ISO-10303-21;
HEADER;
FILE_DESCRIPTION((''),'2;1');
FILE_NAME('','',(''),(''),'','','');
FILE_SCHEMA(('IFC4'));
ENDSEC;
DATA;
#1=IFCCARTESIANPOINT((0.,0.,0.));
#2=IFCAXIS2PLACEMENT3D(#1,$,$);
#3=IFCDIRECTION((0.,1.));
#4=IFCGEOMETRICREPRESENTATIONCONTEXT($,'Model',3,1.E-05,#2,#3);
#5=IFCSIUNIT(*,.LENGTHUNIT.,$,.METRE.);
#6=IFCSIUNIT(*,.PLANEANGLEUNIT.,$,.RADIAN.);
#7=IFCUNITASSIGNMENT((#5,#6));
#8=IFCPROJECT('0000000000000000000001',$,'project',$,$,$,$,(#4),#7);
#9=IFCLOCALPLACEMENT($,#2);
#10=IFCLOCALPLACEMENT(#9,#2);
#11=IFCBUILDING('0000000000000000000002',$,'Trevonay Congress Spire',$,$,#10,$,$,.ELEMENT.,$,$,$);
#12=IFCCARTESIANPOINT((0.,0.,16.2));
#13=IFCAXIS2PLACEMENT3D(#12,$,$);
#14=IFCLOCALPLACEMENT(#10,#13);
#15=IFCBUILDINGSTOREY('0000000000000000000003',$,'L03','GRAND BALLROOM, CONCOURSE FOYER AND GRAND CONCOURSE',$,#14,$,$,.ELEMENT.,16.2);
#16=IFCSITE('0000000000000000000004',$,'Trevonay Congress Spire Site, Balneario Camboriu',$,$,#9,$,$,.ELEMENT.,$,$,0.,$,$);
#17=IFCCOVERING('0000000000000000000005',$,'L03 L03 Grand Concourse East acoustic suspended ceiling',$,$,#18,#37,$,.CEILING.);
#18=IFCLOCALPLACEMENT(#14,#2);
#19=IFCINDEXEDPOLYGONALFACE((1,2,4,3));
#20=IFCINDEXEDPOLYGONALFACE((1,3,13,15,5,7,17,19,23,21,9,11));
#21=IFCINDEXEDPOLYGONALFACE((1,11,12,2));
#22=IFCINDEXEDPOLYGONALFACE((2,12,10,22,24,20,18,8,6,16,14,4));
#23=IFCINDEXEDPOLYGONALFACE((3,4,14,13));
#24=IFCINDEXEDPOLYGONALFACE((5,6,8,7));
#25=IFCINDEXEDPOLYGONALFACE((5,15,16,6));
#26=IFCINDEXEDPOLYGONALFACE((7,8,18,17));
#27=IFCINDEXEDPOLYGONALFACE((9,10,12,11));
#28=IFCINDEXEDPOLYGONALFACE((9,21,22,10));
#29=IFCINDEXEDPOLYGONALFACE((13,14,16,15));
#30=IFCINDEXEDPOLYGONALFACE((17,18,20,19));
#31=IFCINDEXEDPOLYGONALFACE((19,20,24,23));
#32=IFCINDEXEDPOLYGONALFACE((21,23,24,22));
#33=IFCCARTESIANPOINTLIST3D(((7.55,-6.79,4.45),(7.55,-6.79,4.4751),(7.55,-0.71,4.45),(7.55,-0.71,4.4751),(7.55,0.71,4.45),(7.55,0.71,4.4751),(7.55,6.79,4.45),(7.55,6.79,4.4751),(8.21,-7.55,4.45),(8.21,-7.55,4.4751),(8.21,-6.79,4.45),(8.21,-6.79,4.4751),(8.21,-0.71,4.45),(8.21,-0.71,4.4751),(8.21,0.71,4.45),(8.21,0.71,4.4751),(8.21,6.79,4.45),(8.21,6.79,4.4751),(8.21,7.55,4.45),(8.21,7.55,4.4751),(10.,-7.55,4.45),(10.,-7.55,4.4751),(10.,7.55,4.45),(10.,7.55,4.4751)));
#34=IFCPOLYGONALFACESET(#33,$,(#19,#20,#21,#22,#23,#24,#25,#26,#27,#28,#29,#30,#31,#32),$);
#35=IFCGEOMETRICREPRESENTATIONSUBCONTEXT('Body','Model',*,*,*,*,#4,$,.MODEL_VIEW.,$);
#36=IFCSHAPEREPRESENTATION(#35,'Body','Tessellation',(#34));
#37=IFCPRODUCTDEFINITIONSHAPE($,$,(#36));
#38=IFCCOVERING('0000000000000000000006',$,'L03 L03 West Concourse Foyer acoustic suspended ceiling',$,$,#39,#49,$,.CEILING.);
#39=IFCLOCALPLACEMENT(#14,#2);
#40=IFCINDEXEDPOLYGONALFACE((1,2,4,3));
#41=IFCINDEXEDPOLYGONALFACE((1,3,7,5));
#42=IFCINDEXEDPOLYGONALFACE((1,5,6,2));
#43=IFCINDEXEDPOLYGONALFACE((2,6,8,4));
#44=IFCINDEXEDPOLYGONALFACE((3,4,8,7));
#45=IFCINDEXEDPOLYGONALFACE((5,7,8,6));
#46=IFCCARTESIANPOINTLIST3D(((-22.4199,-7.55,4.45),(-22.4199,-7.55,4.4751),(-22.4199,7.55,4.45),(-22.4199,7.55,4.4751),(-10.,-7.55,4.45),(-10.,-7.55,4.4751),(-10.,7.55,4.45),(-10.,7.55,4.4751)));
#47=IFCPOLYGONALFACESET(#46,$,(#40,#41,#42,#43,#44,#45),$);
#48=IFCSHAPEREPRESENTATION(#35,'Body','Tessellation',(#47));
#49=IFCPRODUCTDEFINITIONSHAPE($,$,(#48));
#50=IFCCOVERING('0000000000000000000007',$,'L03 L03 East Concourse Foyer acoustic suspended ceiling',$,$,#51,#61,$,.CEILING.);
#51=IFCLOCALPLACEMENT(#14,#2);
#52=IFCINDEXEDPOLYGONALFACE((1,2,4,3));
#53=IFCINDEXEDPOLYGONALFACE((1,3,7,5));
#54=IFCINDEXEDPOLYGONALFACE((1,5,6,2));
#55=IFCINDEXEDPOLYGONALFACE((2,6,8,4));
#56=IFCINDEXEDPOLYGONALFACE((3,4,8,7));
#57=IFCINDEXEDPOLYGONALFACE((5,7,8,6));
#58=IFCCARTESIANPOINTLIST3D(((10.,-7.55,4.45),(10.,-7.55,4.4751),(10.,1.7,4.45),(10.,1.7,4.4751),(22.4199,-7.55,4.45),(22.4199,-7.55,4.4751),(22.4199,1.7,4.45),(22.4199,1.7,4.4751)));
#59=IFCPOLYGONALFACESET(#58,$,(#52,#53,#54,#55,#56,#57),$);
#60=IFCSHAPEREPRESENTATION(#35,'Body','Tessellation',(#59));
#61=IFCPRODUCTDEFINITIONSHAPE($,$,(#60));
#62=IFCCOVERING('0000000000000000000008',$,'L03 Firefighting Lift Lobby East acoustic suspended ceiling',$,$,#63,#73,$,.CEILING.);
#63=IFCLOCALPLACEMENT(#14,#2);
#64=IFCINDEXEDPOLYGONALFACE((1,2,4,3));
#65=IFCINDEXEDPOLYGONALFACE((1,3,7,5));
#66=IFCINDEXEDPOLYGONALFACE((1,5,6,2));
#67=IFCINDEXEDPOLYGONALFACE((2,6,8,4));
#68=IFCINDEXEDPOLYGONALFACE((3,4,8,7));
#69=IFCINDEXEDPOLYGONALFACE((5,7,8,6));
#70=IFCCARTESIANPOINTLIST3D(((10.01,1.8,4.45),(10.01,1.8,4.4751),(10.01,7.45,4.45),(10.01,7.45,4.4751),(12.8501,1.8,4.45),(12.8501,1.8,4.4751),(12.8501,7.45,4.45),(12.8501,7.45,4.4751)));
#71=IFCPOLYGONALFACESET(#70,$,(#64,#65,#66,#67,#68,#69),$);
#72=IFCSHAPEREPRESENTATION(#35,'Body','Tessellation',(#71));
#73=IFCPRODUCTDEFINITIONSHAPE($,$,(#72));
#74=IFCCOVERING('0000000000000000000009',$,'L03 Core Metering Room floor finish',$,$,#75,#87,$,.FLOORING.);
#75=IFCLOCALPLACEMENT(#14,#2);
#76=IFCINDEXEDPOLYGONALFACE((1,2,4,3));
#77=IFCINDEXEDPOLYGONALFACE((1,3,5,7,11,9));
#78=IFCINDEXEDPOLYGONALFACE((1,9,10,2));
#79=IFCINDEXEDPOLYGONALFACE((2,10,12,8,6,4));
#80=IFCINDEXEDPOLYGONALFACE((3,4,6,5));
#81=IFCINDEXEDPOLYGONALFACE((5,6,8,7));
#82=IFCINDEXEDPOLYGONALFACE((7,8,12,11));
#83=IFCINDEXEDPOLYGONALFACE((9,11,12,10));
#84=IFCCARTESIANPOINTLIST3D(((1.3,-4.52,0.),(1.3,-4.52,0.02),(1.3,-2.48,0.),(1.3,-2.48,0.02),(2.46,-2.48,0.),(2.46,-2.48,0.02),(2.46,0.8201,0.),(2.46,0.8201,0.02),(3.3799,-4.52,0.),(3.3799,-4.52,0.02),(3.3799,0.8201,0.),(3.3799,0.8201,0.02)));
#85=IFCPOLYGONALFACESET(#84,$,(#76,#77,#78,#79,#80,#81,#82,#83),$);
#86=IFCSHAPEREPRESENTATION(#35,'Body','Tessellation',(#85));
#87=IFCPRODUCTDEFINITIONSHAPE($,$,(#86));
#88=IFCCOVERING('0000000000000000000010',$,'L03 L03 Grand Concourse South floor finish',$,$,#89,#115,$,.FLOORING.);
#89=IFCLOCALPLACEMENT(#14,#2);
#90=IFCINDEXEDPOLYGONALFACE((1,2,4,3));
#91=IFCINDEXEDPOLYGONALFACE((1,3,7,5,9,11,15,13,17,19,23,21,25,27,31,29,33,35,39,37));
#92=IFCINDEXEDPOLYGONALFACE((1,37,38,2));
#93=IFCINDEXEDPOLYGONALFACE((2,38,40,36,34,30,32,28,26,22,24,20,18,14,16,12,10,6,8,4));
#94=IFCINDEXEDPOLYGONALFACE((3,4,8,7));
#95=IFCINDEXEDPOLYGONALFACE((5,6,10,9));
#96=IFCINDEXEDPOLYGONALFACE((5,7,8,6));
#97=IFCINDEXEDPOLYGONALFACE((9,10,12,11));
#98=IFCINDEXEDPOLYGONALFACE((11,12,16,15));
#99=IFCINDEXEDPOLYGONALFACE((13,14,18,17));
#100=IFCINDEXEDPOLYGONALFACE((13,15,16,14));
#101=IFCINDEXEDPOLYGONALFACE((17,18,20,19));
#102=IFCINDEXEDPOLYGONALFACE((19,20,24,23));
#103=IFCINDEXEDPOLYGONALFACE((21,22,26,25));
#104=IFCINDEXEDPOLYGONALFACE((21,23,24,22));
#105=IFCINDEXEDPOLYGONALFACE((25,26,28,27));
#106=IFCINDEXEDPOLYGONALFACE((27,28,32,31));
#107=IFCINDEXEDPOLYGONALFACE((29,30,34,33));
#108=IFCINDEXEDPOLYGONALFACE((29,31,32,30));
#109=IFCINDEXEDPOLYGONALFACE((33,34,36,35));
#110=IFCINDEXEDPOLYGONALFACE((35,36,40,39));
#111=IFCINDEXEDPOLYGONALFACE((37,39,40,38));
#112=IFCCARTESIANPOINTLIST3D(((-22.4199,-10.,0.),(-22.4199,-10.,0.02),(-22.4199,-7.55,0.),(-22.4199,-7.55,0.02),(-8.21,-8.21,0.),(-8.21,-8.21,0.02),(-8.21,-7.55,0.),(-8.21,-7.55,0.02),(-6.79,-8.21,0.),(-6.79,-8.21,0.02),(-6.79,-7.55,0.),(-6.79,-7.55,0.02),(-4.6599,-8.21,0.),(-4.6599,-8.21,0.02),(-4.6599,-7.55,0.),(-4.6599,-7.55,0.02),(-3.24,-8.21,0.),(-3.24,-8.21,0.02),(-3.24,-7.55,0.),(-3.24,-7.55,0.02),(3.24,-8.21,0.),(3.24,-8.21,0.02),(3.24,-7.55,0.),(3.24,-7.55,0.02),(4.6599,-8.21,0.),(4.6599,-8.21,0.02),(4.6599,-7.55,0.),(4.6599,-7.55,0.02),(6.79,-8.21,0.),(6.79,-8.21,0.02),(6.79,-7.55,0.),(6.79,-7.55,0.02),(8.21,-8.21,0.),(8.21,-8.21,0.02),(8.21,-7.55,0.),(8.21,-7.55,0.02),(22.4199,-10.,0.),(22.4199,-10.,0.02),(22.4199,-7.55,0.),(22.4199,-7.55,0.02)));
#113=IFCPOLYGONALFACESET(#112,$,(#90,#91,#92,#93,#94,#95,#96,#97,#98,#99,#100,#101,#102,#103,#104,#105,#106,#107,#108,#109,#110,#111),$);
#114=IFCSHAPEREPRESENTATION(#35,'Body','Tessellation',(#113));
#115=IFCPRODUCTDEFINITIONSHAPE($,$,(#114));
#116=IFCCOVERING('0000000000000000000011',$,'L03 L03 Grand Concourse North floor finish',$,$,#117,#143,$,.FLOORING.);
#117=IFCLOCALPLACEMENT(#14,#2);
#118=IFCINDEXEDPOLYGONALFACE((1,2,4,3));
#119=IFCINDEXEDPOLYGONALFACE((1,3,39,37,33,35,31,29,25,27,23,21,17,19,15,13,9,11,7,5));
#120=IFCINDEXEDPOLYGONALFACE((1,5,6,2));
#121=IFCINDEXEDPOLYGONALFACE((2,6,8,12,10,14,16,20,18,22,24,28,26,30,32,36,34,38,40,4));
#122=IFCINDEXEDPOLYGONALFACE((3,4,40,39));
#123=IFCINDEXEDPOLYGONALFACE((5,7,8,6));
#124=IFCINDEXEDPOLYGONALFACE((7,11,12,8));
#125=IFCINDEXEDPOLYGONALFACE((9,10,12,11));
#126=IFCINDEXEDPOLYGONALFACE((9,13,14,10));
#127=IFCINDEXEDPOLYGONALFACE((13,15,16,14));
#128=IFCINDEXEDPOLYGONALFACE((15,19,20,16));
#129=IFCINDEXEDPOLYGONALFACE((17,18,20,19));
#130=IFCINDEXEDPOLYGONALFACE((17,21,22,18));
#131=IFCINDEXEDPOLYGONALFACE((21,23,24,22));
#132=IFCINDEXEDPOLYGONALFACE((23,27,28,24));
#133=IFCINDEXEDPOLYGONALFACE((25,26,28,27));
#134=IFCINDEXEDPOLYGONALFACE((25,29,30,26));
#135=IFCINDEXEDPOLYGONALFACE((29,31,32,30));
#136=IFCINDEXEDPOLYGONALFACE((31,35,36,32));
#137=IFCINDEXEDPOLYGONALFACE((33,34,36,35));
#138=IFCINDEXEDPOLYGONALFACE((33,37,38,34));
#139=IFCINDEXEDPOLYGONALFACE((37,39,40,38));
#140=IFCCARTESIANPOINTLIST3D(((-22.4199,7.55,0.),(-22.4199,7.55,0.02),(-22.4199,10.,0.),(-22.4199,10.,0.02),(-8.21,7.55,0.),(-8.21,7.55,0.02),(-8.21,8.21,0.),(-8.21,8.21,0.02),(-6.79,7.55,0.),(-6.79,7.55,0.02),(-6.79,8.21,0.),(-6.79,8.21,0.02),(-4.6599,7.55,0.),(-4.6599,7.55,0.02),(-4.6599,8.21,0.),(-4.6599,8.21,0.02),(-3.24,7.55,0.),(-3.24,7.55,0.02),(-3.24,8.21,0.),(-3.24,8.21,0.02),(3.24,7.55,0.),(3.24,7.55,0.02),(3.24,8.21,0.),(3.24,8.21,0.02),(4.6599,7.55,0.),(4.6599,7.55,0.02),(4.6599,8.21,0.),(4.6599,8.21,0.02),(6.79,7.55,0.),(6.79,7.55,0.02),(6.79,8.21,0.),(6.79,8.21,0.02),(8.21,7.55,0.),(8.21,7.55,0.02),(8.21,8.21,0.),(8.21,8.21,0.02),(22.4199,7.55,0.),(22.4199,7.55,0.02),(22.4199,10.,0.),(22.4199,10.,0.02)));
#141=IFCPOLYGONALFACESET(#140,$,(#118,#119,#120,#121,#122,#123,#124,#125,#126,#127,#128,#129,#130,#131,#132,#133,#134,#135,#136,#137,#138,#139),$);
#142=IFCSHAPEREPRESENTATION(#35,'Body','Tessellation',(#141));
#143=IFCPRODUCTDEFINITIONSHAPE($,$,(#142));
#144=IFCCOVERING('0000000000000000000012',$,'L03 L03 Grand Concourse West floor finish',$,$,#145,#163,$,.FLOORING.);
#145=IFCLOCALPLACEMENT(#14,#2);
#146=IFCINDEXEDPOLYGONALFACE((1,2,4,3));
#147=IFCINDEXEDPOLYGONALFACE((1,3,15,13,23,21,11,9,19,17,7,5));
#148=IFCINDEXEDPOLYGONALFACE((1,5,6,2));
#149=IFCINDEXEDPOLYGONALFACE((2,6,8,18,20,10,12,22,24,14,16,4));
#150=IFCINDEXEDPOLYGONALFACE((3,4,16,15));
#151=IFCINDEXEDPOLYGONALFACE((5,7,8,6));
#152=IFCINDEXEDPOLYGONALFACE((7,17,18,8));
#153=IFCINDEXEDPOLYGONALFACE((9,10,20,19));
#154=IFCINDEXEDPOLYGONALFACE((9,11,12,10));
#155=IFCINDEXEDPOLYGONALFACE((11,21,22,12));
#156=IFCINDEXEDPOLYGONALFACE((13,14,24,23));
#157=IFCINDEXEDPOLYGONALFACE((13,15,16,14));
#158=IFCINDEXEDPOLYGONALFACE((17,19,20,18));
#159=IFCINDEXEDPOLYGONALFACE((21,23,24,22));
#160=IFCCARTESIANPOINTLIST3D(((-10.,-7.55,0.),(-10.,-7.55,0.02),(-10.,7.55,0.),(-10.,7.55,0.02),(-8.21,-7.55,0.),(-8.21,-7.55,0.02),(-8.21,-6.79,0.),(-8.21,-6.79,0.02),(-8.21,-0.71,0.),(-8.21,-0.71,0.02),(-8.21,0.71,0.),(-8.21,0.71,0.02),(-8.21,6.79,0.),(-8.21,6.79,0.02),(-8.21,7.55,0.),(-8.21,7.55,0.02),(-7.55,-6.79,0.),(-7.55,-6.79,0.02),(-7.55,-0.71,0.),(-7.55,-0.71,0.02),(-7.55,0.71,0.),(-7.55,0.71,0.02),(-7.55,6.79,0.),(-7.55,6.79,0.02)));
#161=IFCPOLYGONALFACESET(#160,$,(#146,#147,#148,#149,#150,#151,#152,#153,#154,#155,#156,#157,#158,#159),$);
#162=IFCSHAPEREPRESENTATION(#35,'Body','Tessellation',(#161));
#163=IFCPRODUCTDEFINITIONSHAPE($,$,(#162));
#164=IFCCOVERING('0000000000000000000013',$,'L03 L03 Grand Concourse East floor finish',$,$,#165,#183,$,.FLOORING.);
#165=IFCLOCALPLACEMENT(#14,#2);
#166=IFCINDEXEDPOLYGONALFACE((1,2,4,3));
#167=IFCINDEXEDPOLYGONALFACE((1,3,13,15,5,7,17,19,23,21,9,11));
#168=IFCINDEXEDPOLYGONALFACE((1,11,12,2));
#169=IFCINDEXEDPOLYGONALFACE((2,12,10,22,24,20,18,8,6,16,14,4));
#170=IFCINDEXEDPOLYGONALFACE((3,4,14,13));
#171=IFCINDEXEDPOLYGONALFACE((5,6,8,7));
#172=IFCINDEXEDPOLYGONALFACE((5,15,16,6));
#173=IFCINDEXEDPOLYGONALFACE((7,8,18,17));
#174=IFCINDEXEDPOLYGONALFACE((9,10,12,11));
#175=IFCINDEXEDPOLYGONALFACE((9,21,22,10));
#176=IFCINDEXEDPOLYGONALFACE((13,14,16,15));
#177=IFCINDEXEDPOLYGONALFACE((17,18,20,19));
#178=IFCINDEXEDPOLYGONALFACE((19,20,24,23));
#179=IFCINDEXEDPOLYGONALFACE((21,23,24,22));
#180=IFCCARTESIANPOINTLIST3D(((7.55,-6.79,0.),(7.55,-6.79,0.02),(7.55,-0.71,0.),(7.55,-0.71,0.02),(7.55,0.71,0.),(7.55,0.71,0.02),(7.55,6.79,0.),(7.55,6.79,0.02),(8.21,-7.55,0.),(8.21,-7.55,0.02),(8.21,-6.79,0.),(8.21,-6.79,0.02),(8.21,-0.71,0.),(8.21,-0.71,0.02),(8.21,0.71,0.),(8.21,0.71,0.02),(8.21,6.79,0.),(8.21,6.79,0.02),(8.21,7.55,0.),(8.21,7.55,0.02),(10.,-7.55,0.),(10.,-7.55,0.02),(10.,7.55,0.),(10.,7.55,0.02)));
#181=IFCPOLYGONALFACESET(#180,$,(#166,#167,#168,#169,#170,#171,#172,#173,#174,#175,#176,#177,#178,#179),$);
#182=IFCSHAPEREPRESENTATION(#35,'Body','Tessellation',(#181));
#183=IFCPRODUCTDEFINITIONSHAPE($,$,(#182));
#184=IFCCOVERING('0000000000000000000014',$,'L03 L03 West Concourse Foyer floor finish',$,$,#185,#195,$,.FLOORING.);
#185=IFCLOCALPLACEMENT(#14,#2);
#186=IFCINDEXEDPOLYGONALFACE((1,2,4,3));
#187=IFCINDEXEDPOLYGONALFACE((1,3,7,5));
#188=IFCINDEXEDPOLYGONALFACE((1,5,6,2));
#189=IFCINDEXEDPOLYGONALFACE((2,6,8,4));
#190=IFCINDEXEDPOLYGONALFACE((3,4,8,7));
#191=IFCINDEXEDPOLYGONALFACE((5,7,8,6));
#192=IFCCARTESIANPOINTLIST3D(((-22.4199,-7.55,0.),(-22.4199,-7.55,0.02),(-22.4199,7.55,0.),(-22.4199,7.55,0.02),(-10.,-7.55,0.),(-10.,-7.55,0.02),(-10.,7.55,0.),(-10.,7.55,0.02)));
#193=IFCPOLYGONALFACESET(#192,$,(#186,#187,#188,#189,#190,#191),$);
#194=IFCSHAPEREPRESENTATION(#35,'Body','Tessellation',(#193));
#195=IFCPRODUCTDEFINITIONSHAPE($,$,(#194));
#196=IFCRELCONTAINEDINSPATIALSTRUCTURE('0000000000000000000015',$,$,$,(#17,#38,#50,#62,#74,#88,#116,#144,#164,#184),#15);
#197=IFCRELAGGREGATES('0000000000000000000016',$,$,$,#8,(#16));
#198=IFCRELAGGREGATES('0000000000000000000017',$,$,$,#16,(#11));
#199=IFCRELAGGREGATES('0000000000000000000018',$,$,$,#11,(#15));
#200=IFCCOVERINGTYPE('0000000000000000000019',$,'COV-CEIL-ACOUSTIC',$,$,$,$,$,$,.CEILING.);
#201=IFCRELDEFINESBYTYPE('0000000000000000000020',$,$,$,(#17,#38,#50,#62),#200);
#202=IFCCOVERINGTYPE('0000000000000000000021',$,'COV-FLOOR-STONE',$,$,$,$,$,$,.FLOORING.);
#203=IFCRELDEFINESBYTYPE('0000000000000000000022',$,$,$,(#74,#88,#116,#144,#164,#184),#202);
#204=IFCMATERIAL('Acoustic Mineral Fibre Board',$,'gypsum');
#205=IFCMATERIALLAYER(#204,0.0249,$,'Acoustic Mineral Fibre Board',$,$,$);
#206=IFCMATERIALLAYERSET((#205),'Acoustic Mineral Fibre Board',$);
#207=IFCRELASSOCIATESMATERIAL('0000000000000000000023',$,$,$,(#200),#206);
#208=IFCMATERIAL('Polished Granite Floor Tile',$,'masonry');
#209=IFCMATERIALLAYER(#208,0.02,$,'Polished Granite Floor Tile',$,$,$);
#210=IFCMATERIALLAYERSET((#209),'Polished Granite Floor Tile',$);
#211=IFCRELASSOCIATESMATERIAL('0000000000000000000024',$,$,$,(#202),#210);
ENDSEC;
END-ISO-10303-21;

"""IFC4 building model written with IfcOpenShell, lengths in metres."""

from ifc_helpers import new_model, si_unit, direction, frame, origin, place, context, subcontext, project, spatial, polyline, outline, extrude, material, layer, layer_set, type_object, element, save


model = new_model("IFC4")

# Units and contexts
model_context = context("Model", 3, precision=1e-05, world=origin(), true_north=direction((0.0, 1.0)))
body_context = subcontext(model_context, "Body", "Model", "MODEL_VIEW")
ifc_project = project(units=[si_unit("LENGTHUNIT", "METRE"), si_unit("PLANEANGLEUNIT", "RADIAN")], contexts=[model_context])

# Site, building, storey
site_placement = place(None, origin())
site = spatial("IfcSite", under=ifc_project, at=site_placement, Name="Trevonay Congress Spire Site, Balneario Camboriu", CompositionType="ELEMENT", RefElevation=0.0)
building_placement = place(site_placement, origin())
building = spatial("IfcBuilding", under=site, at=building_placement, Name="Trevonay Congress Spire", CompositionType="ELEMENT")
storey_placement = place(building_placement, frame((0.0, 0.0, 16.2)))
storey = spatial("IfcBuildingStorey", under=building, at=storey_placement, Name="L03", Description="GRAND BALLROOM, CONCOURSE FOYER AND GRAND CONCOURSE", CompositionType="ELEMENT", Elevation=16.2)

# Coverings
ifc_material_1 = material(Name="Acoustic Mineral Fibre Board", Category="gypsum")
ifc_layer_1 = layer(ifc_material_1, 0.0249, Name="Acoustic Mineral Fibre Board")
ifc_layer_set_1 = layer_set([ifc_layer_1], Name="Acoustic Mineral Fibre Board")
covering_type_1 = type_object("IfcCoveringType", Name="COV-CEIL-ACOUSTIC", PredefinedType="CEILING", material=ifc_layer_set_1)
covering_1_placement = place(storey_placement, frame((0.0, 0.0, 4.45)))
element("IfcCovering", 1, at=covering_1_placement, inside=storey, type_object=covering_type_1, Name="L03 L03 Grand Concourse East acoustic suspended ceiling", PredefinedType="CEILING", context=body_context, shape_type="SweptSolid", body=[
    extrude(outline(polyline([(10.0, -7.55), (8.21, -7.55), (8.21, -6.79), (7.55, -6.79), (7.55, -0.71), (8.21, -0.71), (8.21, 0.71), (7.55, 0.71), (7.55, 6.79), (8.21, 6.79), (8.21, 7.55), (10.0, 7.55), (10.0, -7.55)])), origin(), (0.0, 0.0, 1.0), 0.0251),
])
covering_2_placement = place(storey_placement, frame((0.0, 0.0, 4.45)))
element("IfcCovering", 2, at=covering_2_placement, inside=storey, type_object=covering_type_1, Name="L03 L03 West Concourse Foyer acoustic suspended ceiling", PredefinedType="CEILING", context=body_context, shape_type="SweptSolid", body=[
    extrude(outline(polyline([(-22.4199, -7.55), (-22.4199, 7.55), (-10.0, 7.55), (-10.0, -7.55), (-22.4199, -7.55)])), origin(), (0.0, 0.0, 1.0), 0.0251),
])
covering_3_placement = place(storey_placement, frame((0.0, 0.0, 4.45)))
element("IfcCovering", 3, at=covering_3_placement, inside=storey, type_object=covering_type_1, Name="L03 L03 East Concourse Foyer acoustic suspended ceiling", PredefinedType="CEILING", context=body_context, shape_type="SweptSolid", body=[
    extrude(outline(polyline([(10.0, -7.55), (10.0, 1.7), (22.4199, 1.7), (22.4199, -7.55), (10.0, -7.55)])), origin(), (0.0, 0.0, 1.0), 0.0251),
])
covering_4_placement = place(storey_placement, frame((0.0, 0.0, 4.45)))
element("IfcCovering", 4, at=covering_4_placement, inside=storey, type_object=covering_type_1, Name="L03 Firefighting Lift Lobby East acoustic suspended ceiling", PredefinedType="CEILING", context=body_context, shape_type="SweptSolid", body=[
    extrude(outline(polyline([(12.8501, 1.8), (10.01, 1.8), (10.01, 7.45), (12.8501, 7.45), (12.8501, 1.8)])), origin(), (0.0, 0.0, 1.0), 0.0251),
])
ifc_material_2 = material(Name="Polished Granite Floor Tile", Category="masonry")
ifc_layer_2 = layer(ifc_material_2, 0.02, Name="Polished Granite Floor Tile")
ifc_layer_set_2 = layer_set([ifc_layer_2], Name="Polished Granite Floor Tile")
covering_type_2 = type_object("IfcCoveringType", Name="COV-FLOOR-STONE", PredefinedType="FLOORING", material=ifc_layer_set_2)
covering_5_placement = place(storey_placement, origin())
element("IfcCovering", 5, at=covering_5_placement, inside=storey, type_object=covering_type_2, Name="L03 Core Metering Room floor finish", PredefinedType="FLOORING", context=body_context, shape_type="SweptSolid", body=[
    extrude(outline(polyline([(1.3, -4.52), (3.3799, -4.52), (3.3799, 0.8201), (2.46, 0.8201), (2.46, -2.48), (1.3, -2.48), (1.3, -4.52)])), origin(), (0.0, 0.0, 1.0), 0.02),
])
covering_6_placement = place(storey_placement, origin())
element("IfcCovering", 6, at=covering_6_placement, inside=storey, type_object=covering_type_2, Name="L03 L03 Grand Concourse South floor finish", PredefinedType="FLOORING", context=body_context, shape_type="SweptSolid", body=[
    extrude(outline(polyline([(22.4199, -7.55), (22.4199, -10.0), (-22.4199, -10.0), (-22.4199, -7.55), (-8.21, -7.55), (-8.21, -8.21), (-6.79, -8.21), (-6.79, -7.55), (-4.6599, -7.55), (-4.6599, -8.21), (-3.24, -8.21), (-3.24, -7.55), (3.24, -7.55), (3.24, -8.21), (4.6599, -8.21), (4.6599, -7.55), (6.79, -7.55), (6.79, -8.21), (8.21, -8.21), (8.21, -7.55), (22.4199, -7.55)])), origin(), (0.0, 0.0, 1.0), 0.02),
])
covering_7_placement = place(storey_placement, origin())
element("IfcCovering", 7, at=covering_7_placement, inside=storey, type_object=covering_type_2, Name="L03 L03 Grand Concourse North floor finish", PredefinedType="FLOORING", context=body_context, shape_type="SweptSolid", body=[
    extrude(outline(polyline([(-22.4199, 7.55), (-22.4199, 10.0), (22.4199, 10.0), (22.4199, 7.55), (8.21, 7.55), (8.21, 8.21), (6.79, 8.21), (6.79, 7.55), (4.6599, 7.55), (4.6599, 8.21), (3.24, 8.21), (3.24, 7.55), (-3.24, 7.55), (-3.24, 8.21), (-4.6599, 8.21), (-4.6599, 7.55), (-6.79, 7.55), (-6.79, 8.21), (-8.21, 8.21), (-8.21, 7.55), (-22.4199, 7.55)])), origin(), (0.0, 0.0, 1.0), 0.02),
])
covering_8_placement = place(storey_placement, origin())
element("IfcCovering", 8, at=covering_8_placement, inside=storey, type_object=covering_type_2, Name="L03 L03 Grand Concourse West floor finish", PredefinedType="FLOORING", context=body_context, shape_type="SweptSolid", body=[
    extrude(outline(polyline([(-10.0, 7.55), (-8.21, 7.55), (-8.21, 6.79), (-7.55, 6.79), (-7.55, 0.71), (-8.21, 0.71), (-8.21, -0.71), (-7.55, -0.71), (-7.55, -6.79), (-8.21, -6.79), (-8.21, -7.55), (-10.0, -7.55), (-10.0, 7.55)])), origin(), (0.0, 0.0, 1.0), 0.02),
])
covering_9_placement = place(storey_placement, origin())
element("IfcCovering", 9, at=covering_9_placement, inside=storey, type_object=covering_type_2, Name="L03 L03 Grand Concourse East floor finish", PredefinedType="FLOORING", context=body_context, shape_type="SweptSolid", body=[
    extrude(outline(polyline([(10.0, -7.55), (8.21, -7.55), (8.21, -6.79), (7.55, -6.79), (7.55, -0.71), (8.21, -0.71), (8.21, 0.71), (7.55, 0.71), (7.55, 6.79), (8.21, 6.79), (8.21, 7.55), (10.0, 7.55), (10.0, -7.55)])), origin(), (0.0, 0.0, 1.0), 0.02),
])
covering_10_placement = place(storey_placement, origin())
element("IfcCovering", 10, at=covering_10_placement, inside=storey, type_object=covering_type_2, Name="L03 L03 West Concourse Foyer floor finish", PredefinedType="FLOORING", context=body_context, shape_type="SweptSolid", body=[
    extrude(outline(polyline([(-22.4199, -7.55), (-22.4199, 7.55), (-10.0, 7.55), (-10.0, -7.55), (-22.4199, -7.55)])), origin(), (0.0, 0.0, 1.0), 0.02),
])

save(model, "model.ifc")
